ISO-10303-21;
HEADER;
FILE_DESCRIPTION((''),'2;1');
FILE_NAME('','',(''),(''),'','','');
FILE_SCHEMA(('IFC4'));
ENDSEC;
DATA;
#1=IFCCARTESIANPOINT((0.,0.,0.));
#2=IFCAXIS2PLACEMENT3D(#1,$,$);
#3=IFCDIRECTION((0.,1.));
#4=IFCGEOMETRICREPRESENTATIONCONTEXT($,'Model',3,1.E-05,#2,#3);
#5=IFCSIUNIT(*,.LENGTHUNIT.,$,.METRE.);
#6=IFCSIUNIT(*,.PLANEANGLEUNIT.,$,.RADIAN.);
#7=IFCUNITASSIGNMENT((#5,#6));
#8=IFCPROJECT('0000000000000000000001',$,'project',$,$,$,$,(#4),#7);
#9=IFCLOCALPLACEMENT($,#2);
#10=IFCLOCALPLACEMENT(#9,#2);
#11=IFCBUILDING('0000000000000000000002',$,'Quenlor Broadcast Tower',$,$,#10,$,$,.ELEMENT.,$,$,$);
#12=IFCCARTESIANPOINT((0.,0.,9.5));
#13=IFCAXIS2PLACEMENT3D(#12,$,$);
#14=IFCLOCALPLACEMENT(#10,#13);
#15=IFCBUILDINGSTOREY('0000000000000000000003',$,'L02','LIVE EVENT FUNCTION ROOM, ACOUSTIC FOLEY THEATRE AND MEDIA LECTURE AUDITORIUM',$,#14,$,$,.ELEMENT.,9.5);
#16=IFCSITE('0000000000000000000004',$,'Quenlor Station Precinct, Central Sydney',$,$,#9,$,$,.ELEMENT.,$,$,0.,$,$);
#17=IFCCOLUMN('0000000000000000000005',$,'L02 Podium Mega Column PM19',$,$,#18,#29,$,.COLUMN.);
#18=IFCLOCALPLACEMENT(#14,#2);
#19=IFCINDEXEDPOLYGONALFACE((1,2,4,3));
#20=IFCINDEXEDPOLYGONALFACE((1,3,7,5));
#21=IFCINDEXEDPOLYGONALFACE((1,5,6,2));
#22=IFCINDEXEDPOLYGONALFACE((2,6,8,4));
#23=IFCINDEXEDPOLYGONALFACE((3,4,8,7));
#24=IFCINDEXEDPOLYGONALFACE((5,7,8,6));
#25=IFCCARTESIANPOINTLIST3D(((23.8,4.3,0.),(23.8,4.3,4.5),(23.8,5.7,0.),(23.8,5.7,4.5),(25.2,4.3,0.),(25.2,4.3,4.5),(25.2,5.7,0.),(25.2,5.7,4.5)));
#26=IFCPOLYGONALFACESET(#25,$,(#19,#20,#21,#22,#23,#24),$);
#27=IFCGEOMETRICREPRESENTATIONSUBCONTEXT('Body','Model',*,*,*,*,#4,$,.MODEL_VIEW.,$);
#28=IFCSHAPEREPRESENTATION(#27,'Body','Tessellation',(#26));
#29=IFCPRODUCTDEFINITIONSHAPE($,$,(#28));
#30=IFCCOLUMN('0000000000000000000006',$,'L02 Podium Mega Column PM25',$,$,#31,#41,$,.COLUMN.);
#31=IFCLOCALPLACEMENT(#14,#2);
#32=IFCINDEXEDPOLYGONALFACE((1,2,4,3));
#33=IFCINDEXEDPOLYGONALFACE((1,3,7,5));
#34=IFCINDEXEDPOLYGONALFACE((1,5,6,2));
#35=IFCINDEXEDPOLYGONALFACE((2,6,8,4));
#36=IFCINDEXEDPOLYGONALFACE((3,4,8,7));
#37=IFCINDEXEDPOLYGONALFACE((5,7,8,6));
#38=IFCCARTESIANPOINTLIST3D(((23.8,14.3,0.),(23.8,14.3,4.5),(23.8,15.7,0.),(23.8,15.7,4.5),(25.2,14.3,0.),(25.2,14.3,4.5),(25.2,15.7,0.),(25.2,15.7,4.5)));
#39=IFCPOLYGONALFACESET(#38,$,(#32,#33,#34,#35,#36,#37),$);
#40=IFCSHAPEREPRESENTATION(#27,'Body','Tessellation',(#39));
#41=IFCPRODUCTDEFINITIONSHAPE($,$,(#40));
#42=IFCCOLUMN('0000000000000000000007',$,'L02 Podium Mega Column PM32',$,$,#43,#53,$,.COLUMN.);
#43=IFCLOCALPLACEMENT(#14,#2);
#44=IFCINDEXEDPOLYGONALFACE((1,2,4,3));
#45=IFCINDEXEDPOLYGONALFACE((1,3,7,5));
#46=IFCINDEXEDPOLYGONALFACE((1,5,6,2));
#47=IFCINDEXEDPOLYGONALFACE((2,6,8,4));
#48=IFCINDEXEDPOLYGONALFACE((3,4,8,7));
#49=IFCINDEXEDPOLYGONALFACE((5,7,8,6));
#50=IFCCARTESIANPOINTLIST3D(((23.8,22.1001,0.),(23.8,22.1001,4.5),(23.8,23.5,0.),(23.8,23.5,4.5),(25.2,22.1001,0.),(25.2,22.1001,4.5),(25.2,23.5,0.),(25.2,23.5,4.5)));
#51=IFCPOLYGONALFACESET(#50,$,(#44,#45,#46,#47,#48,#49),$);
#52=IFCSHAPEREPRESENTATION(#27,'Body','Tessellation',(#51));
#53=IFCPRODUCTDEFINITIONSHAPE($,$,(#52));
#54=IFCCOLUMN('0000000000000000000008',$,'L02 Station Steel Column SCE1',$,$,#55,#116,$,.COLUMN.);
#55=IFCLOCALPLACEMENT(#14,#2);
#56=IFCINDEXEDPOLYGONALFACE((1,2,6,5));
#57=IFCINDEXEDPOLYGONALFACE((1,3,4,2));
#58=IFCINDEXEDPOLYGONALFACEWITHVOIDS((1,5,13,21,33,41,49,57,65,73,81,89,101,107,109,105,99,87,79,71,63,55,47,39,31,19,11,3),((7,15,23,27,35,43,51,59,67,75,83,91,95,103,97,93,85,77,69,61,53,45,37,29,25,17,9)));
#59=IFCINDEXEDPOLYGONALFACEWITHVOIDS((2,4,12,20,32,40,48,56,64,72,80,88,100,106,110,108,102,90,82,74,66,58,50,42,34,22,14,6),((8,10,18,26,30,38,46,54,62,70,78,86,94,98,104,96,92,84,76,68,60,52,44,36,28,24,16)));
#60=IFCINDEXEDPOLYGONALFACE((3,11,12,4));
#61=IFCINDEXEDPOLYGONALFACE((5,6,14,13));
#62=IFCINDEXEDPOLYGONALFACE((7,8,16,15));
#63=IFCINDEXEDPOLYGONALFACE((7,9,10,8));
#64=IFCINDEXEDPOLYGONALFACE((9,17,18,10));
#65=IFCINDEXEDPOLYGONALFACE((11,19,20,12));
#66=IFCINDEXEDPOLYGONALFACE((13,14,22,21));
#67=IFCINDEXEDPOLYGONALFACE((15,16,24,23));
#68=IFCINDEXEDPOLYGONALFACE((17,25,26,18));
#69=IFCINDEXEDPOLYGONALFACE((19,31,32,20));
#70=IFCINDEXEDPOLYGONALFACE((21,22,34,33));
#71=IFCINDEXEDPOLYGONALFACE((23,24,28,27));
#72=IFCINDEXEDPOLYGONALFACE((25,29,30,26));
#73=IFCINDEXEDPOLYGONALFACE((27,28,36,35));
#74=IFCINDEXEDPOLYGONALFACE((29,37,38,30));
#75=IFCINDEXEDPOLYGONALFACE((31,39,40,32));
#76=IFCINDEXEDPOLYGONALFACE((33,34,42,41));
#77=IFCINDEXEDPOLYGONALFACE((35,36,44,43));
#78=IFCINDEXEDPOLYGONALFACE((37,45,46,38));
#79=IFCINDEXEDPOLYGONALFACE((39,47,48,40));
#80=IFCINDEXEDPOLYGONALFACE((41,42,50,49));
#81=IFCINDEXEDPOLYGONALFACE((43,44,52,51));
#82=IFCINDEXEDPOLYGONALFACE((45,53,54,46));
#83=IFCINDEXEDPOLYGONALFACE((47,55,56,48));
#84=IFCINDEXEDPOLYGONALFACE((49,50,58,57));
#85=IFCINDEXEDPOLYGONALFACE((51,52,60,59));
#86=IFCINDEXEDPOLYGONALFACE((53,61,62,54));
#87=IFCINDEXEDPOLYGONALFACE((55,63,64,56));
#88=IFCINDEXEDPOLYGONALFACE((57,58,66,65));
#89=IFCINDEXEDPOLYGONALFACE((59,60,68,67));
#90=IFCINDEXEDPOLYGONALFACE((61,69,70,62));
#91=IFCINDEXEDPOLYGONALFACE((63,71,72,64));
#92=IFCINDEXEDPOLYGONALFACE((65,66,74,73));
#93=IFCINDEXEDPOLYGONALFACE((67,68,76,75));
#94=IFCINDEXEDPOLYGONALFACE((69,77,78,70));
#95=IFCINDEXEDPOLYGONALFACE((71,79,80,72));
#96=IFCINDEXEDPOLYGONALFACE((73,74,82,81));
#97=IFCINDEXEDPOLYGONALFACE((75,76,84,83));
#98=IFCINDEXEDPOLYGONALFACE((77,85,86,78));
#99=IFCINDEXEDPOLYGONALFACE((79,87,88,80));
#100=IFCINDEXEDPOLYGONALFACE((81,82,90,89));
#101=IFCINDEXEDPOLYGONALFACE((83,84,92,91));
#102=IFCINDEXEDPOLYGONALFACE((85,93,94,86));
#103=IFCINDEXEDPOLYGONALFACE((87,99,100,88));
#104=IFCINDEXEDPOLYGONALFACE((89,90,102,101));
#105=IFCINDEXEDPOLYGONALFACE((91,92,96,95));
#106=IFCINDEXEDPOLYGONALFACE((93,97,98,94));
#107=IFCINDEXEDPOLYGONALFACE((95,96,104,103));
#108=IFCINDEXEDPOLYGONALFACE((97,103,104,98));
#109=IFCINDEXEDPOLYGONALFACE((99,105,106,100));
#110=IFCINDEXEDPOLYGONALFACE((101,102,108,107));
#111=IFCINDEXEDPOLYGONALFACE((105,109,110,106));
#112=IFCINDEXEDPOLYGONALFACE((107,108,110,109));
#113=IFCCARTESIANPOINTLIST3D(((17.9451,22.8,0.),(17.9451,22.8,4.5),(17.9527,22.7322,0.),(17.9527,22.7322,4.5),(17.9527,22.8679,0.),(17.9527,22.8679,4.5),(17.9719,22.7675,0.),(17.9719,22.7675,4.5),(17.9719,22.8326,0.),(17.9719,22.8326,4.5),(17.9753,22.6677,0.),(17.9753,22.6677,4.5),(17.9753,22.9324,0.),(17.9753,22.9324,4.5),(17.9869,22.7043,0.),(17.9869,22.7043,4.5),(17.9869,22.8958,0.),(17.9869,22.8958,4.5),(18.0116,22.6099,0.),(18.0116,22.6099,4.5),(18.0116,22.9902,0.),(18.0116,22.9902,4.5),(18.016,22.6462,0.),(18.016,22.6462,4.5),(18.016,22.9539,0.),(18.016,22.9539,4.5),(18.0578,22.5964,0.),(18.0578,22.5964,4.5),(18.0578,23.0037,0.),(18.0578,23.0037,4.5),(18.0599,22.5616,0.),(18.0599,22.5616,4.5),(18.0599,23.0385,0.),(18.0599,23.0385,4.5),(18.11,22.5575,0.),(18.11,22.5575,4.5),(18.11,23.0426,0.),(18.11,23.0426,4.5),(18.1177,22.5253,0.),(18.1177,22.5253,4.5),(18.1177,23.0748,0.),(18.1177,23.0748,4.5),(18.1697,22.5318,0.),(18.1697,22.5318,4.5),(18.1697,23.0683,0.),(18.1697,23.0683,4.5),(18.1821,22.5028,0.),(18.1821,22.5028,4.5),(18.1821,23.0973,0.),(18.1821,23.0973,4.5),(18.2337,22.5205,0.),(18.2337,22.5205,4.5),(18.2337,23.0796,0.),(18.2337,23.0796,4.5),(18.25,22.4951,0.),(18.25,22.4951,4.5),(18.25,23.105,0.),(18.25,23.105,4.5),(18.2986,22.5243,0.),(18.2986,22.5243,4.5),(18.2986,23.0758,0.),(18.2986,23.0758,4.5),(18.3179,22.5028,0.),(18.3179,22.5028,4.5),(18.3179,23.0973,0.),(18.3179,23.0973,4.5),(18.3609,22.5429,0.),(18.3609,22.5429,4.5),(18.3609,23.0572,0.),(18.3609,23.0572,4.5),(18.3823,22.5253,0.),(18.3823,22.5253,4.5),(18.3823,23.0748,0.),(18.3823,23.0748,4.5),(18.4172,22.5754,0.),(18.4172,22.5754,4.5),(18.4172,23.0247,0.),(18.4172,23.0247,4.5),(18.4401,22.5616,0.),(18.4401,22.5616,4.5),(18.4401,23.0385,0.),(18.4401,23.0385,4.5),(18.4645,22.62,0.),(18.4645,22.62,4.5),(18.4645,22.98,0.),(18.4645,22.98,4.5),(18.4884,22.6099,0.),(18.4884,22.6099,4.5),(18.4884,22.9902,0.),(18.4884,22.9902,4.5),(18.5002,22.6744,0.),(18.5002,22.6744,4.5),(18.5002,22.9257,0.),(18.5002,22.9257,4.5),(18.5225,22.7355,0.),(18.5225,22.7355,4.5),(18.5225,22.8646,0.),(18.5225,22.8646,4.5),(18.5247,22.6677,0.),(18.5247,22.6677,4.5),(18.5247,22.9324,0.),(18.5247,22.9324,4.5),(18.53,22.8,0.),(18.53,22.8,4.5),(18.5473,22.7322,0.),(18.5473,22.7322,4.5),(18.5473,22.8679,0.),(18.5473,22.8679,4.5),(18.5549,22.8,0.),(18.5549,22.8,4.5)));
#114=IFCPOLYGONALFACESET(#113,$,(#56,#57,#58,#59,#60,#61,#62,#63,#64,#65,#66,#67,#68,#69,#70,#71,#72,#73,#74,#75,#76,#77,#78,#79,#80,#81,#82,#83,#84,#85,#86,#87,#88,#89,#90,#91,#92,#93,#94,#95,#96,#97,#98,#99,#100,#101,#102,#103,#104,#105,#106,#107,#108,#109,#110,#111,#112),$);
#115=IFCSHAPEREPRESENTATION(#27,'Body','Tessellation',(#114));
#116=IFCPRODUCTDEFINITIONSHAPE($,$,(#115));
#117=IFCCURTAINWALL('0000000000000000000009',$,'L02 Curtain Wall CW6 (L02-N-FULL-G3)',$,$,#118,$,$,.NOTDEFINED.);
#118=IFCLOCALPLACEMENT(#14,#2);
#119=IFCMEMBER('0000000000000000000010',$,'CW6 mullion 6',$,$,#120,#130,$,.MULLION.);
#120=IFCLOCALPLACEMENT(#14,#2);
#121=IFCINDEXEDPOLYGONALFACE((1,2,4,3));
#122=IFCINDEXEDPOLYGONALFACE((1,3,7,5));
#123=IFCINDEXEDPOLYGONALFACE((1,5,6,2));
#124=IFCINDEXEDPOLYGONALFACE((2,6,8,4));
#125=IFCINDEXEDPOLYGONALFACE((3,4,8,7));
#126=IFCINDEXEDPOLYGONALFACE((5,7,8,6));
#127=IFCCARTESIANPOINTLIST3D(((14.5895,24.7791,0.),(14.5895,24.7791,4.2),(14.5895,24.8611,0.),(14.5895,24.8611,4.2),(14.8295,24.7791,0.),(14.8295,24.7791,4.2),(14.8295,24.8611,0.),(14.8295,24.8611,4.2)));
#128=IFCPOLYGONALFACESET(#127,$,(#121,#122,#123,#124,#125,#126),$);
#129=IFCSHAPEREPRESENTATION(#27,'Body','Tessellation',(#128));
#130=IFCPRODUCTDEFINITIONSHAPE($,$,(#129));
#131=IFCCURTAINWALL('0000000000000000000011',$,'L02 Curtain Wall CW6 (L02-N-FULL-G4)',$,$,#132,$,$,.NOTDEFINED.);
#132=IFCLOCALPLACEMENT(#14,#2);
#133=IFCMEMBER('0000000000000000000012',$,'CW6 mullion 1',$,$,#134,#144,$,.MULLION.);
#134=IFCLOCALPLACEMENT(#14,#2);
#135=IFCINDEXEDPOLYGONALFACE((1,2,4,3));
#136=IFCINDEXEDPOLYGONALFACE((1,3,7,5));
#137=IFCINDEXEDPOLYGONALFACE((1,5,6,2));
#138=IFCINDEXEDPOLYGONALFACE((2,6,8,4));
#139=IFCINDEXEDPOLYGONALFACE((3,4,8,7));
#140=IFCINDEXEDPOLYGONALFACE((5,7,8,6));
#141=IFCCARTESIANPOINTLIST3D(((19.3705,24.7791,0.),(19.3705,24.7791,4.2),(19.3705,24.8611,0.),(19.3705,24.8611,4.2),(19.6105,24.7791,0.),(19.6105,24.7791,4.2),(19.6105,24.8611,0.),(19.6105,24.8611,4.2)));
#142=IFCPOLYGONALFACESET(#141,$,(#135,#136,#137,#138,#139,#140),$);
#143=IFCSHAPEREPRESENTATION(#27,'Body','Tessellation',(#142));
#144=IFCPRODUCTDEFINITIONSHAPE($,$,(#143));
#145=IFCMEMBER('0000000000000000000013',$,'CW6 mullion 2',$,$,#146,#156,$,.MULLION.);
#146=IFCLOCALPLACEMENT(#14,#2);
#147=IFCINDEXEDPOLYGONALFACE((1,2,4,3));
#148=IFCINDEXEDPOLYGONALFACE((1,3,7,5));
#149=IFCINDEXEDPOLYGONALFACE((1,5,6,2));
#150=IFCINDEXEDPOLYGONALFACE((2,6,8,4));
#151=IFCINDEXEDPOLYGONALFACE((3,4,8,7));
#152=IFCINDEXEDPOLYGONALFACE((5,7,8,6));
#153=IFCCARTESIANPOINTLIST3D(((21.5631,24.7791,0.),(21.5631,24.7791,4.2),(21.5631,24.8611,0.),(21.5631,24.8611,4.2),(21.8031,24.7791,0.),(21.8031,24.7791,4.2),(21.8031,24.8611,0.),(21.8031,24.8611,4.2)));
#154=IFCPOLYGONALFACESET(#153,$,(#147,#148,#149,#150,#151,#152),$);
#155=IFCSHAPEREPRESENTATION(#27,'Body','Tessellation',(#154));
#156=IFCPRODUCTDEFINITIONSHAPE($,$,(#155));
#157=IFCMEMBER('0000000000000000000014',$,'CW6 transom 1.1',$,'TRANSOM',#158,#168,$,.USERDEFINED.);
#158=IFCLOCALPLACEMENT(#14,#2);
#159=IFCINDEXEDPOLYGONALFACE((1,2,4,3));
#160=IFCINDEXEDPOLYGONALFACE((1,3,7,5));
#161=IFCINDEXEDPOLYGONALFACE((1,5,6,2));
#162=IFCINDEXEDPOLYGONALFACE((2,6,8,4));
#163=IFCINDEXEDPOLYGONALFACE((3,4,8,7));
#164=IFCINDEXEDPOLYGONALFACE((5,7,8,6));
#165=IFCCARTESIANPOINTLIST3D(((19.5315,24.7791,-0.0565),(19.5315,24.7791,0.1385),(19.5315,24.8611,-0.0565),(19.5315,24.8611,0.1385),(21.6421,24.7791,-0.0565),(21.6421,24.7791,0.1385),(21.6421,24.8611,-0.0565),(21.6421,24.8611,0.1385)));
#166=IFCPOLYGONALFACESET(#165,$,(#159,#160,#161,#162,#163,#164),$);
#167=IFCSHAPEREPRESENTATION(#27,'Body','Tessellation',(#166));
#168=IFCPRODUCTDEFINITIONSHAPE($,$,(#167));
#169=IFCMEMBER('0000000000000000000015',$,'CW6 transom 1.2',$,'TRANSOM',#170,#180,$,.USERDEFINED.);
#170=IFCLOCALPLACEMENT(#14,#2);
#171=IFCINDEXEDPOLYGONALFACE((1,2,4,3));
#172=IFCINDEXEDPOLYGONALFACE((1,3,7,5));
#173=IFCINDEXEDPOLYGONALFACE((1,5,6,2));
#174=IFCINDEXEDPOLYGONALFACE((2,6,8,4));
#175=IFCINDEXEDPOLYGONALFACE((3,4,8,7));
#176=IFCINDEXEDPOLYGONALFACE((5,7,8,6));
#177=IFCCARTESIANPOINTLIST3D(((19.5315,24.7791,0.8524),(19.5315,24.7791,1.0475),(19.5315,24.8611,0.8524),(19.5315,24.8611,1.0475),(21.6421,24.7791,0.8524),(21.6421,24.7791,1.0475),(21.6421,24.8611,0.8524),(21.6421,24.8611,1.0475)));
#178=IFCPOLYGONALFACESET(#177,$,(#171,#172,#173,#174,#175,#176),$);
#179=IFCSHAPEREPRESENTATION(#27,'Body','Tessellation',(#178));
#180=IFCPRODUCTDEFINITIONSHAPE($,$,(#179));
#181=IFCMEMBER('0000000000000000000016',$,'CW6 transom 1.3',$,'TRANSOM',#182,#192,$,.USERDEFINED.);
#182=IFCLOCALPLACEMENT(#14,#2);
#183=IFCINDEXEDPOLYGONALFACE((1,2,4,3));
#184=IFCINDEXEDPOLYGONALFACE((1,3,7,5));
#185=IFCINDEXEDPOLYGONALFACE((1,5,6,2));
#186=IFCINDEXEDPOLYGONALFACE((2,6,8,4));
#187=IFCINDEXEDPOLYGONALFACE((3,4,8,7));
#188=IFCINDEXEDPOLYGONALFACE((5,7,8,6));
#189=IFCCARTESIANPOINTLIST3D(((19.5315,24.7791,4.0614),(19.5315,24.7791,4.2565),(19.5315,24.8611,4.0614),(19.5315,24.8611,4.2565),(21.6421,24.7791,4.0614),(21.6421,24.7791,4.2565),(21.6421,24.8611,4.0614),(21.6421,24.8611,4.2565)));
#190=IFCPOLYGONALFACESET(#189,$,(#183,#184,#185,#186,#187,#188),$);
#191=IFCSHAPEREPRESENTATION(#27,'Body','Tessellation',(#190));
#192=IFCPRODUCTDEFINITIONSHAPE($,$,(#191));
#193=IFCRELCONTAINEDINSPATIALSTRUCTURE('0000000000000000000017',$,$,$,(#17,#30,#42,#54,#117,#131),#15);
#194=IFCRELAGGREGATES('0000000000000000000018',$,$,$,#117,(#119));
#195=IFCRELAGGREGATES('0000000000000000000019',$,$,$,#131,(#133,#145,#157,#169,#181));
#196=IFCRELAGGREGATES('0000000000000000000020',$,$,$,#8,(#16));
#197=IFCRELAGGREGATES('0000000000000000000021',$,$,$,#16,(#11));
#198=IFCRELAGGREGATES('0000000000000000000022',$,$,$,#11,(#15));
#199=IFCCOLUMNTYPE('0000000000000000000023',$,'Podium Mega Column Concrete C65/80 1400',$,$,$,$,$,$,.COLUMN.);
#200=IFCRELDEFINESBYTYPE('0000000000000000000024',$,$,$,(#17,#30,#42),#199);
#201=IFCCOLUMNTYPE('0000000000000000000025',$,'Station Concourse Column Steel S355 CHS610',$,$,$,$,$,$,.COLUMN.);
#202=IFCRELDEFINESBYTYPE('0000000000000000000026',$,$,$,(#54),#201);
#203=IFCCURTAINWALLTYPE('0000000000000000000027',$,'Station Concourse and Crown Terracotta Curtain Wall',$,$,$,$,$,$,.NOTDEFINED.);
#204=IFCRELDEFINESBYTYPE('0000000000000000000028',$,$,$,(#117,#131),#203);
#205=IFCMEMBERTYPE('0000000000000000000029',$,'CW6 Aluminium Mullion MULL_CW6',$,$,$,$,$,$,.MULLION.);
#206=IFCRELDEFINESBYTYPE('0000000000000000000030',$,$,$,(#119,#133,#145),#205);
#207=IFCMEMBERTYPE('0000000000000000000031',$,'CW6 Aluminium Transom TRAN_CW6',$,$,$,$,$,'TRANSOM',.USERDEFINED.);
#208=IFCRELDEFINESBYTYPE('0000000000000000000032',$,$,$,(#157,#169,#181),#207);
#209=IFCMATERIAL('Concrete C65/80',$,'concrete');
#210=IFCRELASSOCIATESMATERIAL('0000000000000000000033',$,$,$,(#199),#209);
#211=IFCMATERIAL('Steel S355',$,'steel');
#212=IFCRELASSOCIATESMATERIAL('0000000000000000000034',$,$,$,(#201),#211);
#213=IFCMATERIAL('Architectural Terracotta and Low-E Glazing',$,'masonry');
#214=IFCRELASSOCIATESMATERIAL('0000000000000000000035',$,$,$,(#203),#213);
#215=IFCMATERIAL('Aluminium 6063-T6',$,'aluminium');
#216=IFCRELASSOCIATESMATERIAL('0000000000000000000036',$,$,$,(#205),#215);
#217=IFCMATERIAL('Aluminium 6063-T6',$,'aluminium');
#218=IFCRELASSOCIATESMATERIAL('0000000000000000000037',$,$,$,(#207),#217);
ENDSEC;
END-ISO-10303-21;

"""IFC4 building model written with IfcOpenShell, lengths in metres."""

from ifc_helpers import new_model, si_unit, direction, frame, origin, origin_2d, place, context, subcontext, project, spatial, rectangle, hollow_circle, extrude, material, material_profile, profile_set, type_object, element, aggregate, save


model = new_model("IFC4")

# Units and contexts
model_context = context("Model", 3, precision=1e-05, world=origin(), true_north=direction((0.0, 1.0)))
body_context = subcontext(model_context, "Body", "Model", "MODEL_VIEW")
ifc_project = project(units=[si_unit("LENGTHUNIT", "METRE"), si_unit("PLANEANGLEUNIT", "RADIAN")], contexts=[model_context])

# Site, building, storey
site_placement = place(None, origin())
site = spatial("IfcSite", under=ifc_project, at=site_placement, Name="Quenlor Station Precinct, Central Sydney", CompositionType="ELEMENT", RefElevation=0.0)
building_placement = place(site_placement, origin())
building = spatial("IfcBuilding", under=site, at=building_placement, Name="Quenlor Broadcast Tower", CompositionType="ELEMENT")
storey_placement = place(building_placement, frame((0.0, 0.0, 9.5)))
storey = spatial("IfcBuildingStorey", under=building, at=storey_placement, Name="L02", Description="LIVE EVENT FUNCTION ROOM, ACOUSTIC FOLEY THEATRE AND MEDIA LECTURE AUDITORIUM", CompositionType="ELEMENT", Elevation=9.5)

# Columns
ifc_material_1 = material(Name="Concrete C65/80", Category="concrete")
ifc_material_profile_1 = material_profile(ifc_material_1, rectangle(XDim=1.3999, YDim=1.3999, at=origin_2d()))
ifc_profile_set_1 = profile_set([ifc_material_profile_1], Name="Concrete C65/80 RC1400x1400")
column_type_1 = type_object("IfcColumnType", Name="Podium Mega Column Concrete C65/80 1400", PredefinedType="COLUMN", material=ifc_profile_set_1)
for number, where, z_axis, x_axis, name in (
    (1, (24.5, 5.0, 0.0), (0.0, 0.0, 1.0), (1.0, 0.0, 0.0), "L02 Podium Mega Column PM19"),
    (2, (24.5, 15.0, 0.0), (0.0, 0.0, 1.0), (1.0, 0.0, 0.0), "L02 Podium Mega Column PM25"),
    (3, (24.5, 22.8, 0.0), (0.0, 0.0, 1.0), (1.0, 0.0, 0.0), "L02 Podium Mega Column PM32"),
):
    element("IfcColumn", number, at=place(storey_placement, frame(where, z_axis=z_axis, x_axis=x_axis)), inside=storey, type_object=column_type_1, Name=name, PredefinedType="COLUMN", context=body_context, shape_type="SweptSolid", body=[
        extrude(rectangle(XDim=1.3999, YDim=1.3999, at=origin_2d()), origin(), (0.0, 0.0, 1.0), 4.5),
    ])
ifc_material_2 = material(Name="Steel S355", Category="steel")
ifc_material_profile_2 = material_profile(ifc_material_2, hollow_circle(Radius=0.3049, WallThickness=0.0249, at=origin_2d()))
ifc_profile_set_2 = profile_set([ifc_material_profile_2], Name="Steel S355 CHS610x25")
column_type_2 = type_object("IfcColumnType", Name="Station Concourse Column Steel S355 CHS610", PredefinedType="COLUMN", material=ifc_profile_set_2)
column_placement = place(storey_placement, frame((18.25, 22.8, 0.0), z_axis=(0.0, 0.0, 1.0), x_axis=(1.0, 0.0, 0.0)))
element("IfcColumn", 4, at=column_placement, inside=storey, type_object=column_type_2, Name="L02 Station Steel Column SCE1", PredefinedType="COLUMN", context=body_context, shape_type="SweptSolid", body=[
    extrude(hollow_circle(Radius=0.3049, WallThickness=0.0249, at=origin_2d()), origin(), (0.0, 0.0, 1.0), 4.5),
])

# Curtain wall, member
ifc_material_3 = material(Name="Architectural Terracotta and Low-E Glazing", Category="masonry")
curtain_wall_type = type_object("IfcCurtainWallType", Name="Station Concourse and Crown Terracotta Curtain Wall", PredefinedType="NOTDEFINED", material=ifc_material_3)
curtain_wall_1_placement = place(storey_placement, origin())
curtain_wall_1 = element("IfcCurtainWall", 5, at=curtain_wall_1_placement, inside=storey, type_object=curtain_wall_type, Name="L02 Curtain Wall CW6 (L02-N-FULL-G3)", PredefinedType="NOTDEFINED")
ifc_material_4 = material(Name="Aluminium 6063-T6", Category="aluminium")
ifc_material_profile_3 = material_profile(ifc_material_4, rectangle(XDim=0.082, YDim=0.24, at=origin_2d()))
ifc_profile_set_3 = profile_set([ifc_material_profile_3], Name="Aluminium 6063-T6 MULL82x240")
member_type_1 = type_object("IfcMemberType", Name="CW6 Aluminium Mullion MULL_CW6", PredefinedType="MULLION", material=ifc_profile_set_3)
member_1_placement = place(storey_placement, frame((14.7095, 24.8201, 0.0), z_axis=(0.0, 0.0, 1.0), x_axis=(0.0, 1.0, 0.0)))
member_1 = element("IfcMember", 6, at=member_1_placement, type_object=member_type_1, Name="CW6 mullion 6", PredefinedType="MULLION", context=body_context, shape_type="SweptSolid", body=[
    extrude(rectangle(XDim=0.082, YDim=0.24, at=origin_2d()), origin(), (0.0, 0.0, 1.0), 4.2),
])
aggregate(curtain_wall_1, [member_1])

# Curtain wall, members
curtain_wall_2_placement = place(storey_placement, origin())
curtain_wall_2 = element("IfcCurtainWall", 7, at=curtain_wall_2_placement, inside=storey, type_object=curtain_wall_type, Name="L02 Curtain Wall CW6 (L02-N-FULL-G4)", PredefinedType="NOTDEFINED")
member_2_placement = place(storey_placement, frame((19.4905, 24.8201, 0.0), z_axis=(0.0, 0.0, 1.0), x_axis=(0.0, 1.0, 0.0)))
member_2 = element("IfcMember", 8, at=member_2_placement, type_object=member_type_1, Name="CW6 mullion 1", PredefinedType="MULLION", context=body_context, shape_type="SweptSolid", body=[
    extrude(rectangle(XDim=0.082, YDim=0.24, at=origin_2d()), origin(), (0.0, 0.0, 1.0), 4.2),
])
member_3_placement = place(storey_placement, frame((21.6831, 24.8201, 0.0), z_axis=(0.0, 0.0, 1.0), x_axis=(0.0, 1.0, 0.0)))
member_3 = element("IfcMember", 9, at=member_3_placement, type_object=member_type_1, Name="CW6 mullion 2", PredefinedType="MULLION", context=body_context, shape_type="SweptSolid", body=[
    extrude(rectangle(XDim=0.082, YDim=0.24, at=origin_2d()), origin(), (0.0, 0.0, 1.0), 4.2),
])
ifc_material_5 = material(Name="Aluminium 6063-T6", Category="aluminium")
ifc_material_profile_4 = material_profile(ifc_material_5, rectangle(XDim=0.082, YDim=0.1951, at=origin_2d()))
ifc_profile_set_4 = profile_set([ifc_material_profile_4], Name="Aluminium 6063-T6 TRAN82x195")
member_type_2 = type_object("IfcMemberType", Name="CW6 Aluminium Transom TRAN_CW6", ElementType="TRANSOM", PredefinedType="USERDEFINED", material=ifc_profile_set_4)
member_4_placement = place(storey_placement, frame((19.5315, 24.8201, 0.041), z_axis=(1.0, 0.0, 0.0), x_axis=(0.0, 1.0, 0.0)))
member_4 = element("IfcMember", 10, at=member_4_placement, type_object=member_type_2, Name="CW6 transom 1.1", ObjectType="TRANSOM", PredefinedType="USERDEFINED", context=body_context, shape_type="SweptSolid", body=[
    extrude(rectangle(XDim=0.082, YDim=0.1951, at=origin_2d()), origin(), (0.0, 0.0, 1.0), 2.1106),
])
member_5_placement = place(storey_placement, frame((19.5315, 24.8201, 0.95), z_axis=(1.0, 0.0, 0.0), x_axis=(0.0, 1.0, 0.0)))
member_5 = element("IfcMember", 11, at=member_5_placement, type_object=member_type_2, Name="CW6 transom 1.2", ObjectType="TRANSOM", PredefinedType="USERDEFINED", context=body_context, shape_type="SweptSolid", body=[
    extrude(rectangle(XDim=0.082, YDim=0.1951, at=origin_2d()), origin(), (0.0, 0.0, 1.0), 2.1106),
])
member_6_placement = place(storey_placement, frame((19.5315, 24.8201, 4.1589), z_axis=(1.0, 0.0, 0.0), x_axis=(0.0, 1.0, 0.0)))
member_6 = element("IfcMember", 12, at=member_6_placement, type_object=member_type_2, Name="CW6 transom 1.3", ObjectType="TRANSOM", PredefinedType="USERDEFINED", context=body_context, shape_type="SweptSolid", body=[
    extrude(rectangle(XDim=0.082, YDim=0.1951, at=origin_2d()), origin(), (0.0, 0.0, 1.0), 2.1106),
])

aggregate(curtain_wall_2, [member_2, member_3, member_4, member_5, member_6])

save(model, "model.ifc")
